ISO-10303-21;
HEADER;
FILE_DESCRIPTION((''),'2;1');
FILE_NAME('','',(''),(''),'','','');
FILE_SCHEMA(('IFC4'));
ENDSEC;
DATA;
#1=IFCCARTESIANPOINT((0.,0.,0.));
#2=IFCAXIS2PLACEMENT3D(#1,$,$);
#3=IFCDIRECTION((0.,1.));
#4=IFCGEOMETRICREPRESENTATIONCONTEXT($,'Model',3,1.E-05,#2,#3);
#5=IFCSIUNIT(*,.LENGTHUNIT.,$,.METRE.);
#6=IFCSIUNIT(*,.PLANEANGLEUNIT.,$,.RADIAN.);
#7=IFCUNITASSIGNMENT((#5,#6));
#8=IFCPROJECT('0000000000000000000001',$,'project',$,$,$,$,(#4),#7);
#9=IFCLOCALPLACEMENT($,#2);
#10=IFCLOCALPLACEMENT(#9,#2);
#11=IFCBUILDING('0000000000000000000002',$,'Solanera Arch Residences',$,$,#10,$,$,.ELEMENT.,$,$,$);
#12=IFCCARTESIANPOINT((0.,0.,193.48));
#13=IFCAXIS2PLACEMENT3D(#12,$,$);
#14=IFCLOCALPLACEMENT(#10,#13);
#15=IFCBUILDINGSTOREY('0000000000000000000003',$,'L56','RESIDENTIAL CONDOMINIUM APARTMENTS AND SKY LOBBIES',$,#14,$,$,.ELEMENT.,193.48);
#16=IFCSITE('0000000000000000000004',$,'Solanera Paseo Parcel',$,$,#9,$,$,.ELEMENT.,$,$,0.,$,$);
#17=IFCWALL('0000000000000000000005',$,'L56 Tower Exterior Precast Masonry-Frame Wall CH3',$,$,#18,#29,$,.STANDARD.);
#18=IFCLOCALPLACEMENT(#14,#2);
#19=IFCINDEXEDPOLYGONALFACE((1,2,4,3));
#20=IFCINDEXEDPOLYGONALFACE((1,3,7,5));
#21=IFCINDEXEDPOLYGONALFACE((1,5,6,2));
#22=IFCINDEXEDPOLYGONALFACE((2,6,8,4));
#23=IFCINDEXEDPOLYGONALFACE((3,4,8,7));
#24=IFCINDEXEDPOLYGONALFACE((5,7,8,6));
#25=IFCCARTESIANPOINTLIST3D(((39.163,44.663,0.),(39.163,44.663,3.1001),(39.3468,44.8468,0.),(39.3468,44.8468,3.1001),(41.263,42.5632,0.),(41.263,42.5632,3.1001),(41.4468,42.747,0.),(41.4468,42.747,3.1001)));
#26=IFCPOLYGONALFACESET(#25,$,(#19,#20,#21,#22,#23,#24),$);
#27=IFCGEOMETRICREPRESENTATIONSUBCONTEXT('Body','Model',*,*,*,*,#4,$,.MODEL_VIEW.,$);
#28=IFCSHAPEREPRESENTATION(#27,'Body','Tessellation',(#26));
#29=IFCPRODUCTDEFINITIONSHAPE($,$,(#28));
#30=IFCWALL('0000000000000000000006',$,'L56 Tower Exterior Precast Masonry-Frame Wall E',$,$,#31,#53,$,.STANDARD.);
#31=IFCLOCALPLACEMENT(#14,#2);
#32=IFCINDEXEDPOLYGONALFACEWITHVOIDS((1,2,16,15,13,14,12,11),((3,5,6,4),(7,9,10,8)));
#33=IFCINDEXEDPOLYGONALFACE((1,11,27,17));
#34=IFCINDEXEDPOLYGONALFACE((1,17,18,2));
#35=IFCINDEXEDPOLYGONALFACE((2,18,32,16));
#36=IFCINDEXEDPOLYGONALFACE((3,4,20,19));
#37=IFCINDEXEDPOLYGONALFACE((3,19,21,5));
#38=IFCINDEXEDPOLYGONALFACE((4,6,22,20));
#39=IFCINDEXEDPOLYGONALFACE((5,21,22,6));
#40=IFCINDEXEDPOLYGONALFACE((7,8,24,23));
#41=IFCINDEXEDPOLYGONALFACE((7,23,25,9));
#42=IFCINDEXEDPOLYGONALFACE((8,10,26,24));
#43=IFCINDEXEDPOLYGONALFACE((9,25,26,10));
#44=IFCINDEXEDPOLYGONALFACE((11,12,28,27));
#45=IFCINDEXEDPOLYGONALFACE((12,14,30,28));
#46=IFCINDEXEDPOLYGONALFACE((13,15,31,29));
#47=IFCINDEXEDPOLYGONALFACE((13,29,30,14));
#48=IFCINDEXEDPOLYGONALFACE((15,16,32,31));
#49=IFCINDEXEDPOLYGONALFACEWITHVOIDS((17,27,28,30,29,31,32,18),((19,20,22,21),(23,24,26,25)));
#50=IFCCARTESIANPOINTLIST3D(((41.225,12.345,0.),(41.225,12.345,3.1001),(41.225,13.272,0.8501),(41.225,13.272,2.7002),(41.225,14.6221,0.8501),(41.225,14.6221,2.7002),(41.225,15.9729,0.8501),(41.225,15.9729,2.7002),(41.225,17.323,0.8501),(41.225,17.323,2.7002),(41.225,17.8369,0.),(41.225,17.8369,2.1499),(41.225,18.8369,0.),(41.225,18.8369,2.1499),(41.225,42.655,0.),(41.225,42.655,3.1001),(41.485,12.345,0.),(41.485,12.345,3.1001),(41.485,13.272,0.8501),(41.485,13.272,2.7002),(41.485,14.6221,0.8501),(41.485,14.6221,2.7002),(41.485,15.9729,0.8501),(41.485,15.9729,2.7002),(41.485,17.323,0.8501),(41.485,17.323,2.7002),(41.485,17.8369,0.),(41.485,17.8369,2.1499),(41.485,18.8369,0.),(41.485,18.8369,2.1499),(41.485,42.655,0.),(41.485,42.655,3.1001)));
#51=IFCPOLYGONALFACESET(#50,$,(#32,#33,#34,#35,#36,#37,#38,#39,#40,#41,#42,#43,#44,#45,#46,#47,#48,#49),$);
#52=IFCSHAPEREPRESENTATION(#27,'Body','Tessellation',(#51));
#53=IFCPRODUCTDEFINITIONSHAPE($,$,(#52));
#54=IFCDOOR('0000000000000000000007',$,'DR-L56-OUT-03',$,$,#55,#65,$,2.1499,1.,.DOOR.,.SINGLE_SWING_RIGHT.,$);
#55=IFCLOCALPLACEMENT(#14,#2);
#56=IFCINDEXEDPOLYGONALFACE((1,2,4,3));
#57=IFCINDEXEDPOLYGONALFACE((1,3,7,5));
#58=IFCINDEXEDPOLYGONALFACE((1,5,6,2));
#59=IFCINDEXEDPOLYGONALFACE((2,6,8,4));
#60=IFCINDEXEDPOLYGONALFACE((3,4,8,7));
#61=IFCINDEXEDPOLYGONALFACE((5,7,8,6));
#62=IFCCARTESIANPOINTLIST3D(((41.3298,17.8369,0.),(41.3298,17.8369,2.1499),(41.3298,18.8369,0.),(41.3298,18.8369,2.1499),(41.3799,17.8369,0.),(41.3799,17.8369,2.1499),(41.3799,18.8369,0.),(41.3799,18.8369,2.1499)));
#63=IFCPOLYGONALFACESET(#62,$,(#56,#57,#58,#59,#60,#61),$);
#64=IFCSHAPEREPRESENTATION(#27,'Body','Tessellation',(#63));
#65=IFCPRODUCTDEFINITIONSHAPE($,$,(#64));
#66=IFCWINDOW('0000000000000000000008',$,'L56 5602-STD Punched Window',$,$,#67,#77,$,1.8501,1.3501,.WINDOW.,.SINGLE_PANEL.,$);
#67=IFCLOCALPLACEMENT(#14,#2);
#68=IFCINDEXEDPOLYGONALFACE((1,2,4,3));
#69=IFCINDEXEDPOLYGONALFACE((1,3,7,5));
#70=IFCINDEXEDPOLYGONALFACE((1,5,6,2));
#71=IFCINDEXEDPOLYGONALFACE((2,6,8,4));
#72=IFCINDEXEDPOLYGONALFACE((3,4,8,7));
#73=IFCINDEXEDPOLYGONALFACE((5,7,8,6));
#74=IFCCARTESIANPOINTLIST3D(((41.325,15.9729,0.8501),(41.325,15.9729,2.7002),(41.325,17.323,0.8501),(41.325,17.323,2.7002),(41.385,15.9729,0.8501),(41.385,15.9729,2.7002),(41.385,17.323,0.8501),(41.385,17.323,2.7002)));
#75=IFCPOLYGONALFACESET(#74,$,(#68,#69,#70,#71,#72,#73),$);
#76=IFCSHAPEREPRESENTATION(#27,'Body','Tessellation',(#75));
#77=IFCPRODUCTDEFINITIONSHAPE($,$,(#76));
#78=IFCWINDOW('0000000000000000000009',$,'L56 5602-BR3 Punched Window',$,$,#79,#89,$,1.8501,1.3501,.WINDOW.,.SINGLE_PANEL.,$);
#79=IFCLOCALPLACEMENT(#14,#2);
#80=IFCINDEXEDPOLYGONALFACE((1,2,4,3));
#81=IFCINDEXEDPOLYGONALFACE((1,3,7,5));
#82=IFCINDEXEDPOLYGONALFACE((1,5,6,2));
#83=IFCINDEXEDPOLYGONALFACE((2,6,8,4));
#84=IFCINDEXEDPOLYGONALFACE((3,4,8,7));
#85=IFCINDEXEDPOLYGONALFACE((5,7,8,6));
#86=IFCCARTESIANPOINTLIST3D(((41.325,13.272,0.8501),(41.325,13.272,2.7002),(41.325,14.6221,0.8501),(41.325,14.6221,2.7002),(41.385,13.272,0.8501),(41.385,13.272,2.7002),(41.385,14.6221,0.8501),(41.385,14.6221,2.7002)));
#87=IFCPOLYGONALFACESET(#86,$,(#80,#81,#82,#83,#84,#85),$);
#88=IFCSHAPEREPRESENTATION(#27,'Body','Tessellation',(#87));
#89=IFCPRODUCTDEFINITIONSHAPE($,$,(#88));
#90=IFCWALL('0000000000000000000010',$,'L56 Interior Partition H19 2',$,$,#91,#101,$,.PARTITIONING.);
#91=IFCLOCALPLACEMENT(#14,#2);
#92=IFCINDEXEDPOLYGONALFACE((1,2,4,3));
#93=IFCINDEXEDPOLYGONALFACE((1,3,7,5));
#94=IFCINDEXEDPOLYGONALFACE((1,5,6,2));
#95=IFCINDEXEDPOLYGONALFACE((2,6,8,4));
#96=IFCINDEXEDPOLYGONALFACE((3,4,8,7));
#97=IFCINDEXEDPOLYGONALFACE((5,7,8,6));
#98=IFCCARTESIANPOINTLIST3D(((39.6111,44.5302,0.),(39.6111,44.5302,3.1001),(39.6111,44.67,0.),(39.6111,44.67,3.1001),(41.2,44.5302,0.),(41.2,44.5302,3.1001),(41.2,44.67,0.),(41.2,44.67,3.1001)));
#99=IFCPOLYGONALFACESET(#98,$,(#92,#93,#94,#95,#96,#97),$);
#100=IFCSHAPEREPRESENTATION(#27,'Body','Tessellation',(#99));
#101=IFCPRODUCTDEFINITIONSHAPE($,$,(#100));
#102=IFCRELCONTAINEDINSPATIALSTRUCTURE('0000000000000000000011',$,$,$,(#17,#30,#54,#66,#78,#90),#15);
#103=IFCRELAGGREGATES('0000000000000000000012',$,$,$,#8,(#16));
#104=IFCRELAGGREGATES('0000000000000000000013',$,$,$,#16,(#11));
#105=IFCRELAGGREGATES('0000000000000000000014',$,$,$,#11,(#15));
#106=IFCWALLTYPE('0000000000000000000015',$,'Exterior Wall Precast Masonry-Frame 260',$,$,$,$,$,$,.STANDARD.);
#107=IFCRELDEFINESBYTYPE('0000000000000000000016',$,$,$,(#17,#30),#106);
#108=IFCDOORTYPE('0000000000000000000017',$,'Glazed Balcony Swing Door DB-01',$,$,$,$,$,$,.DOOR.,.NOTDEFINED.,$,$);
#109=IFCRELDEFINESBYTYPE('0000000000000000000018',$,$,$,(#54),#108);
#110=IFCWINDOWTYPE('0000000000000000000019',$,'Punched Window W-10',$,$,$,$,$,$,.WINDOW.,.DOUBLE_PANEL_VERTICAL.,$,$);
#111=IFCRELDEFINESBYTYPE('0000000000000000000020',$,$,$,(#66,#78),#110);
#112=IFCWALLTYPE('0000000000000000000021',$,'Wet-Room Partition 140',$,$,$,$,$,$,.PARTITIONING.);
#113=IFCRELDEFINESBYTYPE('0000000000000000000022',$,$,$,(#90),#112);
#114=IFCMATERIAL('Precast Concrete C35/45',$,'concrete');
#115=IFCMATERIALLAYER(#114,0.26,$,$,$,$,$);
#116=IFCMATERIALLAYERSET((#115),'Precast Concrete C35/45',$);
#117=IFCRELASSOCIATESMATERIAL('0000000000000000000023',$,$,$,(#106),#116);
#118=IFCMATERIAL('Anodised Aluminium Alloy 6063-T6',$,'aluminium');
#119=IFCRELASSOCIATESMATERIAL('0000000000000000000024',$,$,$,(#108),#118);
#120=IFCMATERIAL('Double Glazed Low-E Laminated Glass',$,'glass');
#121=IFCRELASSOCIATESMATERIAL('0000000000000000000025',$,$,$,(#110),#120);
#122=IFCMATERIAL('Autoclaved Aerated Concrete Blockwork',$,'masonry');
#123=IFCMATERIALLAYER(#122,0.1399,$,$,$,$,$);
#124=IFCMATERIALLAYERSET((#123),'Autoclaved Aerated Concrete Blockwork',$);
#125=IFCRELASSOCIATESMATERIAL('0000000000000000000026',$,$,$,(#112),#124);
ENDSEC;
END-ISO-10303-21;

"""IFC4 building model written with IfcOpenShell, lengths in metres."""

from ifc_helpers import new_model, si_unit, direction, frame, frame_2d, origin, place, context, subcontext, project, spatial, rectangle, extrude, material, layer, layer_set, type_object, element, fill, save


model = new_model("IFC4")

# Units and contexts
model_context = context("Model", 3, precision=1e-05, world=origin(), true_north=direction((0.0, 1.0)))
body_context = subcontext(model_context, "Body", "Model", "MODEL_VIEW")
ifc_project = project(units=[si_unit("LENGTHUNIT", "METRE"), si_unit("PLANEANGLEUNIT", "RADIAN")], contexts=[model_context])

# Site, building, storey
site_placement = place(None, origin())
site = spatial("IfcSite", under=ifc_project, at=site_placement, Name="Solanera Paseo Parcel", CompositionType="ELEMENT", RefElevation=0.0)
building_placement = place(site_placement, origin())
building = spatial("IfcBuilding", under=site, at=building_placement, Name="Solanera Arch Residences", CompositionType="ELEMENT")
storey_placement = place(building_placement, frame((0.0, 0.0, 193.48)))
storey = spatial("IfcBuildingStorey", under=building, at=storey_placement, Name="L56", Description="RESIDENTIAL CONDOMINIUM APARTMENTS AND SKY LOBBIES", CompositionType="ELEMENT", Elevation=193.48)

# Wall
ifc_material_1 = material(Name="Precast Concrete C35/45", Category="concrete")
ifc_layer_1 = layer(ifc_material_1, 0.26)
ifc_layer_set_1 = layer_set([ifc_layer_1], Name="Precast Concrete C35/45")
wall_type_1 = type_object("IfcWallType", Name="Exterior Wall Precast Masonry-Frame 260", PredefinedType="STANDARD", material=ifc_layer_set_1)
wall_1_placement = place(storey_placement, frame((39.2549, 44.7549, 0.0), z_axis=(0.0, 0.0, 1.0), x_axis=(0.707148, -0.707066, 0.0)))
element("IfcWall", 1, at=wall_1_placement, inside=storey, type_object=wall_type_1, Name="L56 Tower Exterior Precast Masonry-Frame Wall CH3", PredefinedType="STANDARD", context=body_context, shape_type="SweptSolid", body=[
    extrude(rectangle(XDim=2.9697, YDim=0.26, at=frame_2d((1.4849, 0.0))), origin(), (0.0, 0.0, 1.0), 3.1001),
])

# Wall, openings, door, windows
wall_2_placement = place(storey_placement, frame((41.355, 42.655, 0.0), z_axis=(0.0, 0.0, 1.0), x_axis=(0.0, -1.0, 0.0)))
wall_2 = element("IfcWall", 2, at=wall_2_placement, inside=storey, type_object=wall_type_1, Name="L56 Tower Exterior Precast Masonry-Frame Wall E", PredefinedType="STANDARD", context=body_context, shape_type="SweptSolid", body=[
    extrude(rectangle(XDim=30.3101, YDim=0.26, at=frame_2d((15.155, 0.0))), origin(), (0.0, 0.0, 1.0), 3.1001),
])
opening_1_placement = place(wall_2_placement, frame((23.8181, 0.0, 0.0)))
opening_1 = element("IfcOpeningElement", 3, at=opening_1_placement, cuts=wall_2, PredefinedType="OPENING", context=body_context, shape_type="SweptSolid", body=[
    extrude(rectangle(XDim=1.0, YDim=2.1499, at=frame_2d((0.5, 1.075))), frame((0.0, 0.1399, 0.0), z_axis=(0.0, -1.0, 0.0), x_axis=(1.0, 0.0, 0.0)), (0.0, 0.0, 1.0), 0.28),
])
opening_2_placement = place(wall_2_placement, frame((25.332, 0.0, 0.8501)))
opening_2 = element("IfcOpeningElement", 4, at=opening_2_placement, cuts=wall_2, PredefinedType="OPENING", context=body_context, shape_type="SweptSolid", body=[
    extrude(rectangle(XDim=1.3501, YDim=1.8501, at=frame_2d((0.675, 0.925))), frame((0.0, 0.1399, 0.0), z_axis=(0.0, -1.0, 0.0), x_axis=(1.0, 0.0, 0.0)), (0.0, 0.0, 1.0), 0.28),
])
opening_3_placement = place(wall_2_placement, frame((28.033, 0.0, 0.8501)))
opening_3 = element("IfcOpeningElement", 5, at=opening_3_placement, cuts=wall_2, PredefinedType="OPENING", context=body_context, shape_type="SweptSolid", body=[
    extrude(rectangle(XDim=1.3501, YDim=1.8501, at=frame_2d((0.675, 0.925))), frame((0.0, 0.1399, 0.0), z_axis=(0.0, -1.0, 0.0), x_axis=(1.0, 0.0, 0.0)), (0.0, 0.0, 1.0), 0.28),
])
ifc_material_2 = material(Name="Anodised Aluminium Alloy 6063-T6", Category="aluminium")
door_type = type_object("IfcDoorType", Name="Glazed Balcony Swing Door DB-01", OperationType="NOTDEFINED", PredefinedType="DOOR", material=ifc_material_2)
door_placement = place(opening_1_placement, origin())
door = element("IfcDoor", 6, at=door_placement, inside=storey, type_object=door_type, Name="DR-L56-OUT-03", OperationType="SINGLE_SWING_RIGHT", OverallHeight=2.1499, OverallWidth=1.0, PredefinedType="DOOR", context=body_context, shape_type="SweptSolid", body=[
    extrude(rectangle(XDim=1.0, YDim=2.1499, at=frame_2d((0.5, 1.075))), frame((0.0, 0.0249, 0.0), z_axis=(0.0, -1.0, 0.0), x_axis=(1.0, 0.0, 0.0)), (0.0, 0.0, 1.0), 0.05),
])
fill(opening_1, door)
ifc_material_3 = material(Name="Double Glazed Low-E Laminated Glass", Category="glass")
window_type = type_object("IfcWindowType", Name="Punched Window W-10", PartitioningType="DOUBLE_PANEL_VERTICAL", PredefinedType="WINDOW", material=ifc_material_3)
window_1_placement = place(opening_2_placement, origin())
window_1 = element("IfcWindow", 7, at=window_1_placement, inside=storey, type_object=window_type, Name="L56 5602-STD Punched Window", OverallHeight=1.8501, OverallWidth=1.3501, PartitioningType="SINGLE_PANEL", PredefinedType="WINDOW", context=body_context, shape_type="SweptSolid", body=[
    extrude(rectangle(XDim=1.3501, YDim=1.8501, at=frame_2d((0.675, 0.925))), frame((0.0, 0.03, 0.0), z_axis=(0.0, -1.0, 0.0), x_axis=(1.0, 0.0, 0.0)), (0.0, 0.0, 1.0), 0.0601),
])
fill(opening_2, window_1)
window_2_placement = place(opening_3_placement, origin())
window_2 = element("IfcWindow", 8, at=window_2_placement, inside=storey, type_object=window_type, Name="L56 5602-BR3 Punched Window", OverallHeight=1.8501, OverallWidth=1.3501, PartitioningType="SINGLE_PANEL", PredefinedType="WINDOW", context=body_context, shape_type="SweptSolid", body=[
    extrude(rectangle(XDim=1.3501, YDim=1.8501, at=frame_2d((0.675, 0.925))), frame((0.0, 0.03, 0.0), z_axis=(0.0, -1.0, 0.0), x_axis=(1.0, 0.0, 0.0)), (0.0, 0.0, 1.0), 0.0601),
])
fill(opening_3, window_2)

# Wall
ifc_material_4 = material(Name="Autoclaved Aerated Concrete Blockwork", Category="masonry")
ifc_layer_2 = layer(ifc_material_4, 0.1399)
ifc_layer_set_2 = layer_set([ifc_layer_2], Name="Autoclaved Aerated Concrete Blockwork")
wall_type_2 = type_object("IfcWallType", Name="Wet-Room Partition 140", PredefinedType="PARTITIONING", material=ifc_layer_set_2)
wall_3_placement = place(storey_placement, frame((39.6111, 44.6001, 0.0), z_axis=(0.0, 0.0, 1.0), x_axis=(1.0, 0.0, 0.0)))
element("IfcWall", 9, at=wall_3_placement, inside=storey, type_object=wall_type_2, Name="L56 Interior Partition H19 2", PredefinedType="PARTITIONING", context=body_context, shape_type="SweptSolid", body=[
    extrude(rectangle(XDim=1.5889, YDim=0.1399, at=frame_2d((0.7944, 0.0))), origin(), (0.0, 0.0, 1.0), 3.1001),
])

save(model, "model.ifc")
